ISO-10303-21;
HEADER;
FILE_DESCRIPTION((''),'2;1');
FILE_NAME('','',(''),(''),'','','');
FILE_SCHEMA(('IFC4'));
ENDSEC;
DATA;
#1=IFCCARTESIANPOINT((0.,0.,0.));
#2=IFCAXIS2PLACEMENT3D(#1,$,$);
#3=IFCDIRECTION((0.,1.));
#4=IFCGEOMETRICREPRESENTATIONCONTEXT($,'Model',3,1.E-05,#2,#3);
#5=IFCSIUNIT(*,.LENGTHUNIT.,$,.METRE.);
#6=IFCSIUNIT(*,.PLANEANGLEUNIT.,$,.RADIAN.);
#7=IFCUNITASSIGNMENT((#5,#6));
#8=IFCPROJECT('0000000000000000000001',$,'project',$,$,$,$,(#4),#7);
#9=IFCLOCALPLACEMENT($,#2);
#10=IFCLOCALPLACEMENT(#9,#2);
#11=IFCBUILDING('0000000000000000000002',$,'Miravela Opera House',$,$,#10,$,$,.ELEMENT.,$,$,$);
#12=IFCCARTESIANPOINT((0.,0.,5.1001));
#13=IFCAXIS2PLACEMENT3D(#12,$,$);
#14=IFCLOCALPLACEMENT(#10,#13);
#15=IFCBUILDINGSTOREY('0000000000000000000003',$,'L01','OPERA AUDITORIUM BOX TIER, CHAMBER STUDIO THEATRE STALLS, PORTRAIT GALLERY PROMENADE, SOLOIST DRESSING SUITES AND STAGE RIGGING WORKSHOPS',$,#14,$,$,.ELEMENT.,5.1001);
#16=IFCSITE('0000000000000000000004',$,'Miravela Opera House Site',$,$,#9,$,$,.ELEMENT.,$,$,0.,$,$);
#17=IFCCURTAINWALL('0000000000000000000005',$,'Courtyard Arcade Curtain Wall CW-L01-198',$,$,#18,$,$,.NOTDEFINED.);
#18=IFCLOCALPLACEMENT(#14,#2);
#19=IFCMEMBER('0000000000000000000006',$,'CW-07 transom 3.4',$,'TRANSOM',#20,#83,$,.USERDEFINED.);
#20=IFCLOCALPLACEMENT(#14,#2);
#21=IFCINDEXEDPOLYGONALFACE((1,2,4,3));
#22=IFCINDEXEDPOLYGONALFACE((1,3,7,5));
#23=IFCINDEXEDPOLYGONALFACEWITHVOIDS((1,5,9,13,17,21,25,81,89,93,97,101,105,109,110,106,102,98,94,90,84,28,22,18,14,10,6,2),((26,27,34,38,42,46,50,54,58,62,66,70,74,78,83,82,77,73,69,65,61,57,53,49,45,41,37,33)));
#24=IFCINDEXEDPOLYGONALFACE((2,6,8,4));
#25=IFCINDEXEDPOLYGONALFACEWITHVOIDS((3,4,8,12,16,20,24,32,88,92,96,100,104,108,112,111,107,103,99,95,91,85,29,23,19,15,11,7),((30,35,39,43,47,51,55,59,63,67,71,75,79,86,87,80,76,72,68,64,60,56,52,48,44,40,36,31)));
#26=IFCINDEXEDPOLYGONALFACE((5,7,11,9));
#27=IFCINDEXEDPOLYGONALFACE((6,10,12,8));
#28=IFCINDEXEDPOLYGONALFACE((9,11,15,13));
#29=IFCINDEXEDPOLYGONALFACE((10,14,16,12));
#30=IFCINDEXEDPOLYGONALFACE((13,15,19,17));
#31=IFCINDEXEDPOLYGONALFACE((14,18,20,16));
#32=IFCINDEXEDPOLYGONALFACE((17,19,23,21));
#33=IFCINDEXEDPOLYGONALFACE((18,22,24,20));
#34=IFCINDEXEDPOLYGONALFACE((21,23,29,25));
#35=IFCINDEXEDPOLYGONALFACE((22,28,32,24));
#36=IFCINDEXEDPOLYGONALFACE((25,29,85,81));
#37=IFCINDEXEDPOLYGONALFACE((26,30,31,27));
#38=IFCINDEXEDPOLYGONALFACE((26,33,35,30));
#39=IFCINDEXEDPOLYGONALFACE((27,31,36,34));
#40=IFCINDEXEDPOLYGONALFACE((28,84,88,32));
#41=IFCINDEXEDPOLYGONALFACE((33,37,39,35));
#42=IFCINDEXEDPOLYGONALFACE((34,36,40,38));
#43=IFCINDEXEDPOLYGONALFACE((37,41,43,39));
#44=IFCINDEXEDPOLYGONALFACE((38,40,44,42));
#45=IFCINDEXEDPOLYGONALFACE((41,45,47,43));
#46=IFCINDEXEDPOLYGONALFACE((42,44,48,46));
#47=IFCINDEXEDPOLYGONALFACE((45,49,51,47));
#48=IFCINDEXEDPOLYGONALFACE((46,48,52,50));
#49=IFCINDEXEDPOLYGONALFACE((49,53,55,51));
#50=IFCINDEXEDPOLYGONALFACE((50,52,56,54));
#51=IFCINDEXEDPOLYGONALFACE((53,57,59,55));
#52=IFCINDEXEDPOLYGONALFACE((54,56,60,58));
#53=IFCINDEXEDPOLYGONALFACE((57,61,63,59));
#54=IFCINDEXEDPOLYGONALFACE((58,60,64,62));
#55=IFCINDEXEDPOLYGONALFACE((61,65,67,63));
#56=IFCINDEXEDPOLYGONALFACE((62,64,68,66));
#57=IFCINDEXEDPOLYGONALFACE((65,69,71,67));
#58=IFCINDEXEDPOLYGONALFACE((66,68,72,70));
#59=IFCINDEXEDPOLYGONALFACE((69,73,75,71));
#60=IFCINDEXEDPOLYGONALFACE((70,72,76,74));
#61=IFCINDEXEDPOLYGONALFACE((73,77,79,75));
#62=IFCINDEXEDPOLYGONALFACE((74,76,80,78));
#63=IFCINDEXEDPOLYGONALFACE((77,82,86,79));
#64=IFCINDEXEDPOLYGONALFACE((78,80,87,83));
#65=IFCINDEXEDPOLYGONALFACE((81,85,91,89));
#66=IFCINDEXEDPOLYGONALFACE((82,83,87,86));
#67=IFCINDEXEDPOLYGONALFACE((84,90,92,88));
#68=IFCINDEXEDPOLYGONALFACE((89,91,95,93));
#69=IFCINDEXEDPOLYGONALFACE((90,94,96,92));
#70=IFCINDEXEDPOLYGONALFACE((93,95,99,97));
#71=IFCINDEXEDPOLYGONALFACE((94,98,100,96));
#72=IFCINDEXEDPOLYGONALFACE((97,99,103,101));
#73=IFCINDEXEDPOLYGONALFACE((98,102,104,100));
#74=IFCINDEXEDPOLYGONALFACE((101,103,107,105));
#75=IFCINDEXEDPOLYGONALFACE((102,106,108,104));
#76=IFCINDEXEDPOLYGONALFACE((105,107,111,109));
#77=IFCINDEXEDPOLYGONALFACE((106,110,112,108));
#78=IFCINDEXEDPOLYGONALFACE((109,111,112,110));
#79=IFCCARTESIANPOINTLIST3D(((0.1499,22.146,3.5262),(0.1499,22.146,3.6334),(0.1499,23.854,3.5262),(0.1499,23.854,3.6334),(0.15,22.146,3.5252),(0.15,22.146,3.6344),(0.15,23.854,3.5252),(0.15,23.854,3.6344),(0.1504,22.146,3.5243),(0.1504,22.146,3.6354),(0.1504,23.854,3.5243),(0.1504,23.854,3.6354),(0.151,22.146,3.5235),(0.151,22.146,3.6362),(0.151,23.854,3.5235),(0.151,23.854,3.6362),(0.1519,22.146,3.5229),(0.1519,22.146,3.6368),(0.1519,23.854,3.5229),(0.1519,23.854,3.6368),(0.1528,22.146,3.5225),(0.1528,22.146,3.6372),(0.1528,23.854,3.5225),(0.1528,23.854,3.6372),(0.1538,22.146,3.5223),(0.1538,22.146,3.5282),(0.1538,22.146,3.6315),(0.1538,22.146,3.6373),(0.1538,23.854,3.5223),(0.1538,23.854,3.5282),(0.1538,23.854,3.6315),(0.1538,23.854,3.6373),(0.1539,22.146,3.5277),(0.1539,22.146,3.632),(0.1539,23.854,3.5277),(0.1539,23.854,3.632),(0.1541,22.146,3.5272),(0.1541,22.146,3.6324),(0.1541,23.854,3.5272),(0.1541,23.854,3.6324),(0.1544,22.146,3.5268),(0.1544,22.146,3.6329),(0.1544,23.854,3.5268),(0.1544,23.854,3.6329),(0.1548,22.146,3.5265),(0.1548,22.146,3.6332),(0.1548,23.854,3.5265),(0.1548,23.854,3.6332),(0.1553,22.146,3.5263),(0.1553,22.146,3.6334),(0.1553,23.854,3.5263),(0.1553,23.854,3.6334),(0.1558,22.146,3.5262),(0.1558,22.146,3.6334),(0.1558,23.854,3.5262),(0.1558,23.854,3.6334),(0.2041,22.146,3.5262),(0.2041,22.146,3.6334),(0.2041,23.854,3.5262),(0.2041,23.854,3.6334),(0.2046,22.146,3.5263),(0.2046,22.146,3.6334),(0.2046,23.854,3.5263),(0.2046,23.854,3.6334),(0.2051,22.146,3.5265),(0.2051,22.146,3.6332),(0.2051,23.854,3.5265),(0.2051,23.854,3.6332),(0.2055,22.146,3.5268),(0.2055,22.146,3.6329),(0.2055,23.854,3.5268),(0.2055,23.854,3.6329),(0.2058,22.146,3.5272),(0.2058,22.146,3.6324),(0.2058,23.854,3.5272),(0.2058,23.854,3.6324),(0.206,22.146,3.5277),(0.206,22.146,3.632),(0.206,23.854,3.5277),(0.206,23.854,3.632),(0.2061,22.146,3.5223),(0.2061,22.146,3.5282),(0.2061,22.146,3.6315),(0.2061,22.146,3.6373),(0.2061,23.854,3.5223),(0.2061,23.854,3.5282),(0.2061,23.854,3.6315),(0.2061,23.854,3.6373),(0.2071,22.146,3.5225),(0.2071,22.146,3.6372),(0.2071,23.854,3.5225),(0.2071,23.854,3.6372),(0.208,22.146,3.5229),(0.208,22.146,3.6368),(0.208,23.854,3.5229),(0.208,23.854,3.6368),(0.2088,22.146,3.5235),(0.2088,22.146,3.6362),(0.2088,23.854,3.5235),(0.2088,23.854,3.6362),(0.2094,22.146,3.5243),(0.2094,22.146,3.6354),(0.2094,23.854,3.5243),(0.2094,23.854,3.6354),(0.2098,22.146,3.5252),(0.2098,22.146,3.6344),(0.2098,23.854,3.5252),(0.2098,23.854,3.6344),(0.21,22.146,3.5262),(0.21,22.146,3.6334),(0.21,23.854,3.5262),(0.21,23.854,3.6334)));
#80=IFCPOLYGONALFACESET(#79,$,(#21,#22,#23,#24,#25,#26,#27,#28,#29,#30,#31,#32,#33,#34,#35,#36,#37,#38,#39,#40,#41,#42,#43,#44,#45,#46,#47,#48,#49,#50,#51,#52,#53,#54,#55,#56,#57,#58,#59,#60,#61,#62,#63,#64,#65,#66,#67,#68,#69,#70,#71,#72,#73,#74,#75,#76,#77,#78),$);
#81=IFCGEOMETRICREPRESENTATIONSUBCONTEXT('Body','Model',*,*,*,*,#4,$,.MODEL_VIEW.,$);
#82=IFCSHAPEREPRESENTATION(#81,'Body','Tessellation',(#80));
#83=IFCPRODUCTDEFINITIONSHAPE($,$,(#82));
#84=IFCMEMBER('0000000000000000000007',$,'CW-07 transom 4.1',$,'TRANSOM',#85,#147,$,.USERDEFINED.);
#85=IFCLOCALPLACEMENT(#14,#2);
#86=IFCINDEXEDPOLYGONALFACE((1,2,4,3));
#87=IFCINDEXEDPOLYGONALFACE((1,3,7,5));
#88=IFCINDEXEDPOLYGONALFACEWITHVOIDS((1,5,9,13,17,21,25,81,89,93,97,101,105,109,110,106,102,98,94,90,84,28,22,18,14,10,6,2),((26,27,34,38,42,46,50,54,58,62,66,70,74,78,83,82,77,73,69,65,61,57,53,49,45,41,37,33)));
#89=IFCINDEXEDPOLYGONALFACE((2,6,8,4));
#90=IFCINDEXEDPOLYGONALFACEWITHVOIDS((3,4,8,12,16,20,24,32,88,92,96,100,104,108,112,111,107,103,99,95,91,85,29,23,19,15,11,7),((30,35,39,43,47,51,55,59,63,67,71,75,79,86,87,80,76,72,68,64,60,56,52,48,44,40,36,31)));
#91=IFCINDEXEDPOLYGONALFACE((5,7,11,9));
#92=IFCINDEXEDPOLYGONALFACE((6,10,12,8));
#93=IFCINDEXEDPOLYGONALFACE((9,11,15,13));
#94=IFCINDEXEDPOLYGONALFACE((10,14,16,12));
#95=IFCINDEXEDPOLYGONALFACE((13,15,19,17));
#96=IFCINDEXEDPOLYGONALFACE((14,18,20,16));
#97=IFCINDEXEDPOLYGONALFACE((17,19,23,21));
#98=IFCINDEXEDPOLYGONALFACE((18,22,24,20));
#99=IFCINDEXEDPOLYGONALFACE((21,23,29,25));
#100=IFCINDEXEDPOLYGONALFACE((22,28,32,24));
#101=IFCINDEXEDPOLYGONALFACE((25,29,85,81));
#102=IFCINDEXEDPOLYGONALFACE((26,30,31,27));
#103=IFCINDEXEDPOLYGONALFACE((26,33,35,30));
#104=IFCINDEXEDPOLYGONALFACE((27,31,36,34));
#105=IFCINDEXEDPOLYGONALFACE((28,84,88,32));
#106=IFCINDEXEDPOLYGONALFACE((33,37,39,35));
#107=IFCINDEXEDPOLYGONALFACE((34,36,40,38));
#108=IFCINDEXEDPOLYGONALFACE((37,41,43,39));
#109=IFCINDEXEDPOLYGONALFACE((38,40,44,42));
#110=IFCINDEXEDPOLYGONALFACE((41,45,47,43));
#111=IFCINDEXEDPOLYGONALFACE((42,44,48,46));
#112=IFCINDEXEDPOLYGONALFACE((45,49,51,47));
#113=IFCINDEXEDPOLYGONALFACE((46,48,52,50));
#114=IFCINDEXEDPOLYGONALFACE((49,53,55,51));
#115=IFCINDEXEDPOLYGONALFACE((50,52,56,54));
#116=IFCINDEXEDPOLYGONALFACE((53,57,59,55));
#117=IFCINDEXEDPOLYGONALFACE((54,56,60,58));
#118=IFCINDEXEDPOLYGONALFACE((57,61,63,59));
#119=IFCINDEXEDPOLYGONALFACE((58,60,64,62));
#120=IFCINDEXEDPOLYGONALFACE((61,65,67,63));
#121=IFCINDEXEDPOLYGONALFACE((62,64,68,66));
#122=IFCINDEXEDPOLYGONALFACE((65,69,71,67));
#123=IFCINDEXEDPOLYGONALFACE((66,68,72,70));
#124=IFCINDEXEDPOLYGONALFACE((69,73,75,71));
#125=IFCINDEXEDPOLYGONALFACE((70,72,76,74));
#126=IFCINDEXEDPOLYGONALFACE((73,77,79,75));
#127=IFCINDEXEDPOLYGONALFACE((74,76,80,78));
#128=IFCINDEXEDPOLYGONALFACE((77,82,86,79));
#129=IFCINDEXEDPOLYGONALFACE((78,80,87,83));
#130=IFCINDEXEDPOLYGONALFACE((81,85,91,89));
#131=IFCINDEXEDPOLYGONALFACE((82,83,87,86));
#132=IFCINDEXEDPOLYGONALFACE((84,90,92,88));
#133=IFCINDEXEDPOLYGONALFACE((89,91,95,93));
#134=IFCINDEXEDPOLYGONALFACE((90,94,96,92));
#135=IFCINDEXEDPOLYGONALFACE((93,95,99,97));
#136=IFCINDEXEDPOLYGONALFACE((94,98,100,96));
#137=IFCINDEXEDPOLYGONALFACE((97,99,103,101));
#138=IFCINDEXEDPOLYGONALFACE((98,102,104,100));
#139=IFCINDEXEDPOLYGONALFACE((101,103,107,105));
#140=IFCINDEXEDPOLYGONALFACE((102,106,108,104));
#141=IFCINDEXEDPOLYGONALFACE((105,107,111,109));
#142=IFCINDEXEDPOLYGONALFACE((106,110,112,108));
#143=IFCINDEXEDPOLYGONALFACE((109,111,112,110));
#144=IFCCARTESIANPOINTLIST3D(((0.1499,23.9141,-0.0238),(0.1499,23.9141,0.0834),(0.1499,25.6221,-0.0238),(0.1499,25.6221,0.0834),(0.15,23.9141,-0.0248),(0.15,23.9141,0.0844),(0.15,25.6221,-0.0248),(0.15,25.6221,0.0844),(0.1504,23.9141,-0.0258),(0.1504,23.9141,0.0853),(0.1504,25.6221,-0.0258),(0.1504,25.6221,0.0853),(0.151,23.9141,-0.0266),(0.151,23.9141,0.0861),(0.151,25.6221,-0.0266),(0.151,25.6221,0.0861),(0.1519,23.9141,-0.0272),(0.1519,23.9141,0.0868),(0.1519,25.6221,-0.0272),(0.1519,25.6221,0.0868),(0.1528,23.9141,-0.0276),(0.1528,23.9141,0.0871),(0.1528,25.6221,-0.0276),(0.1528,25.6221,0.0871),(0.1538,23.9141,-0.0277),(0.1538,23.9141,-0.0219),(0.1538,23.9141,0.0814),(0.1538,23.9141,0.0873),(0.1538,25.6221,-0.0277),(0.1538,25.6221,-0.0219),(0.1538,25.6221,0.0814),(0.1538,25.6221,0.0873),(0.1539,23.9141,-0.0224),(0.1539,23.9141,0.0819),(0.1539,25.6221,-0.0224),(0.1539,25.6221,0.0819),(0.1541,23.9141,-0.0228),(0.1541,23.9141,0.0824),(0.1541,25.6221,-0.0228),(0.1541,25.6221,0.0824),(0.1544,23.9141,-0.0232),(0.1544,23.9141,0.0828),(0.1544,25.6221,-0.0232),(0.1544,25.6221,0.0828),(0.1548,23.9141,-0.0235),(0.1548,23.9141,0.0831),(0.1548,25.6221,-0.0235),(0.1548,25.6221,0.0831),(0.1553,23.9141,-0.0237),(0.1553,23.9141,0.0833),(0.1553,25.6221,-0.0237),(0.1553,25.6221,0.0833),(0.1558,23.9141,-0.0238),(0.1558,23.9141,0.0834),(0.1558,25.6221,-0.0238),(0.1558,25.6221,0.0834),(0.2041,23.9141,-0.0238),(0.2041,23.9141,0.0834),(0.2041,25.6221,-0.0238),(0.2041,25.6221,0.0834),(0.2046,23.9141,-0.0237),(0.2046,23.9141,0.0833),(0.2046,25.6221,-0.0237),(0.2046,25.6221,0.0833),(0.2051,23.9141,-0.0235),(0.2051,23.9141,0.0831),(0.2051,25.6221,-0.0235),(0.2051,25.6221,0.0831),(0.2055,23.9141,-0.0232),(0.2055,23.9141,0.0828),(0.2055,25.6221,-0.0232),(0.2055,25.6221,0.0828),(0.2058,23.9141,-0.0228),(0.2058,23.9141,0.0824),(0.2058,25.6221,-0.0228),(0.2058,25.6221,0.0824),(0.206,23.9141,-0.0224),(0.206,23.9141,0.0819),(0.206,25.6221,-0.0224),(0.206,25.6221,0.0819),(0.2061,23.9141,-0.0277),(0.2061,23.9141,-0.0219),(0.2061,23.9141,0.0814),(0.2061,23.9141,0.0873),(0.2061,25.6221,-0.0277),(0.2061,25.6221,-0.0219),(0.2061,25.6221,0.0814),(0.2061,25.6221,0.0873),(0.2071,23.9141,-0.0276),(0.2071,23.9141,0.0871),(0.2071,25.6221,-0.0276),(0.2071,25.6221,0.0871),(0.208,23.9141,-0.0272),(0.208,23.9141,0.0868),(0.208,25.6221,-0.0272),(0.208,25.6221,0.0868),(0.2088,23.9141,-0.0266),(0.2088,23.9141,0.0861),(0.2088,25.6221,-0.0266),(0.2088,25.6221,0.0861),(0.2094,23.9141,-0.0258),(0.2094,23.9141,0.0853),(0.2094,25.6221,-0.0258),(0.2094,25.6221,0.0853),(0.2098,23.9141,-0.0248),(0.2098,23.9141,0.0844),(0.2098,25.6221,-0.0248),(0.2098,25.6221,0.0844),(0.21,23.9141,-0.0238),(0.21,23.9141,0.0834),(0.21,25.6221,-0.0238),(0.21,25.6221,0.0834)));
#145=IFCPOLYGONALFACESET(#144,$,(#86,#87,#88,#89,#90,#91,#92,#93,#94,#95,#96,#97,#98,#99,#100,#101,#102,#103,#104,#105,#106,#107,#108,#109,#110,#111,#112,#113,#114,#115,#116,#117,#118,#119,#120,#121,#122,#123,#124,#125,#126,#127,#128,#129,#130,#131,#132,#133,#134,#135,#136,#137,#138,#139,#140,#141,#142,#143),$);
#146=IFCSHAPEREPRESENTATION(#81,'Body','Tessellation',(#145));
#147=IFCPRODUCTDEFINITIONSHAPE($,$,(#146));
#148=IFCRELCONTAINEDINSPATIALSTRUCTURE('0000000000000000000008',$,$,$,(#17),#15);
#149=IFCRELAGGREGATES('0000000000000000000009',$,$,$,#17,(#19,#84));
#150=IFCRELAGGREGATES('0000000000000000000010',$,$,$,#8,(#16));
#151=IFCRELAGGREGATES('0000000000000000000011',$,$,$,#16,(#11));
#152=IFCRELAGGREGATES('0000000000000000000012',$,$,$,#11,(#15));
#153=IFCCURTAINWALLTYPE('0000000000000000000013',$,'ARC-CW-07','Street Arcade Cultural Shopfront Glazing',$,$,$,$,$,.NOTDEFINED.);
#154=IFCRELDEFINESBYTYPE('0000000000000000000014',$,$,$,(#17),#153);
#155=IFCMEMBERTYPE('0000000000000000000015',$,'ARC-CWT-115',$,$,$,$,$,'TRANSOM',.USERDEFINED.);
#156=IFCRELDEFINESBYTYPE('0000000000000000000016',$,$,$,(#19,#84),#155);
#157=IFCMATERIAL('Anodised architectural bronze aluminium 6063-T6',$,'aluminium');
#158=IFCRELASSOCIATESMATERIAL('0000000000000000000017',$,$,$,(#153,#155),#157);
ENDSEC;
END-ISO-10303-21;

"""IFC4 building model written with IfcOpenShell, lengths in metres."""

from ifc_helpers import new_model, si_unit, direction, frame, origin, origin_2d, place, context, subcontext, project, spatial, hollow_rectangle, extrude, material, material_profile, profile_set, type_object, element, aggregate, save


model = new_model("IFC4")

# Units and contexts
model_context = context("Model", 3, precision=1e-05, world=origin(), true_north=direction((0.0, 1.0)))
body_context = subcontext(model_context, "Body", "Model", "MODEL_VIEW")
ifc_project = project(units=[si_unit("LENGTHUNIT", "METRE"), si_unit("PLANEANGLEUNIT", "RADIAN")], contexts=[model_context])

# Site, building, storey
site_placement = place(None, origin())
site = spatial("IfcSite", under=ifc_project, at=site_placement, Name="Miravela Opera House Site", CompositionType="ELEMENT", RefElevation=0.0)
building_placement = place(site_placement, origin())
building = spatial("IfcBuilding", under=site, at=building_placement, Name="Miravela Opera House", CompositionType="ELEMENT")
storey_placement = place(building_placement, frame((0.0, 0.0, 5.1001)))
storey = spatial("IfcBuildingStorey", under=building, at=storey_placement, Name="L01", Description="OPERA AUDITORIUM BOX TIER, CHAMBER STUDIO THEATRE STALLS, PORTRAIT GALLERY PROMENADE, SOLOIST DRESSING SUITES AND STAGE RIGGING WORKSHOPS", CompositionType="ELEMENT", Elevation=5.1001)

# Shared definitions
ifc_material_1 = material(Name="Anodised architectural bronze aluminium 6063-T6", Category="aluminium")

# Curtain wall, members
curtain_wall_type_1 = type_object("IfcCurtainWallType", Name="ARC-CW-07", Description="Street Arcade Cultural Shopfront Glazing", PredefinedType="NOTDEFINED", material=ifc_material_1)
curtain_wall_1_placement = place(storey_placement, origin())
curtain_wall_1 = element("IfcCurtainWall", 1, at=curtain_wall_1_placement, inside=storey, type_object=curtain_wall_type_1, Name="Courtyard Arcade Curtain Wall CW-L01-198", PredefinedType="NOTDEFINED")
ifc_material_profile_1 = material_profile(ifc_material_1, hollow_rectangle(XDim=0.0601, YDim=0.115, WallThickness=0.0039, InnerFilletRadius=0.002, OuterFilletRadius=0.0039, at=origin_2d()), Name="CWT-60X115")
ifc_profile_set_1 = profile_set([ifc_material_profile_1])
member_type_1 = type_object("IfcMemberType", Name="ARC-CWT-115", ElementType="TRANSOM", PredefinedType="USERDEFINED", material=ifc_profile_set_1)
member_1_placement = place(storey_placement, frame((0.1799, 22.146, 3.5798), z_axis=(0.0, 1.0, 0.0), x_axis=(-1.0, 0.0, 0.0)))
member_1 = element("IfcMember", 2, at=member_1_placement, type_object=member_type_1, Name="CW-07 transom 3.4", ObjectType="TRANSOM", PredefinedType="USERDEFINED", context=body_context, shape_type="SweptSolid", body=[
    extrude(hollow_rectangle(XDim=0.0601, YDim=0.115, WallThickness=0.0039, InnerFilletRadius=0.002, OuterFilletRadius=0.0039, at=origin_2d()), origin(), (0.0, 0.0, 1.0), 1.708),
])
member_2_placement = place(storey_placement, frame((0.1799, 23.9141, 0.0298), z_axis=(0.0, 1.0, 0.0), x_axis=(-1.0, 0.0, 0.0)))
member_2 = element("IfcMember", 3, at=member_2_placement, type_object=member_type_1, Name="CW-07 transom 4.1", ObjectType="TRANSOM", PredefinedType="USERDEFINED", context=body_context, shape_type="SweptSolid", body=[
    extrude(hollow_rectangle(XDim=0.0601, YDim=0.115, WallThickness=0.0039, InnerFilletRadius=0.002, OuterFilletRadius=0.0039, at=origin_2d()), origin(), (0.0, 0.0, 1.0), 1.708),
])

aggregate(curtain_wall_1, [member_1, member_2])

save(model, "model.ifc")
